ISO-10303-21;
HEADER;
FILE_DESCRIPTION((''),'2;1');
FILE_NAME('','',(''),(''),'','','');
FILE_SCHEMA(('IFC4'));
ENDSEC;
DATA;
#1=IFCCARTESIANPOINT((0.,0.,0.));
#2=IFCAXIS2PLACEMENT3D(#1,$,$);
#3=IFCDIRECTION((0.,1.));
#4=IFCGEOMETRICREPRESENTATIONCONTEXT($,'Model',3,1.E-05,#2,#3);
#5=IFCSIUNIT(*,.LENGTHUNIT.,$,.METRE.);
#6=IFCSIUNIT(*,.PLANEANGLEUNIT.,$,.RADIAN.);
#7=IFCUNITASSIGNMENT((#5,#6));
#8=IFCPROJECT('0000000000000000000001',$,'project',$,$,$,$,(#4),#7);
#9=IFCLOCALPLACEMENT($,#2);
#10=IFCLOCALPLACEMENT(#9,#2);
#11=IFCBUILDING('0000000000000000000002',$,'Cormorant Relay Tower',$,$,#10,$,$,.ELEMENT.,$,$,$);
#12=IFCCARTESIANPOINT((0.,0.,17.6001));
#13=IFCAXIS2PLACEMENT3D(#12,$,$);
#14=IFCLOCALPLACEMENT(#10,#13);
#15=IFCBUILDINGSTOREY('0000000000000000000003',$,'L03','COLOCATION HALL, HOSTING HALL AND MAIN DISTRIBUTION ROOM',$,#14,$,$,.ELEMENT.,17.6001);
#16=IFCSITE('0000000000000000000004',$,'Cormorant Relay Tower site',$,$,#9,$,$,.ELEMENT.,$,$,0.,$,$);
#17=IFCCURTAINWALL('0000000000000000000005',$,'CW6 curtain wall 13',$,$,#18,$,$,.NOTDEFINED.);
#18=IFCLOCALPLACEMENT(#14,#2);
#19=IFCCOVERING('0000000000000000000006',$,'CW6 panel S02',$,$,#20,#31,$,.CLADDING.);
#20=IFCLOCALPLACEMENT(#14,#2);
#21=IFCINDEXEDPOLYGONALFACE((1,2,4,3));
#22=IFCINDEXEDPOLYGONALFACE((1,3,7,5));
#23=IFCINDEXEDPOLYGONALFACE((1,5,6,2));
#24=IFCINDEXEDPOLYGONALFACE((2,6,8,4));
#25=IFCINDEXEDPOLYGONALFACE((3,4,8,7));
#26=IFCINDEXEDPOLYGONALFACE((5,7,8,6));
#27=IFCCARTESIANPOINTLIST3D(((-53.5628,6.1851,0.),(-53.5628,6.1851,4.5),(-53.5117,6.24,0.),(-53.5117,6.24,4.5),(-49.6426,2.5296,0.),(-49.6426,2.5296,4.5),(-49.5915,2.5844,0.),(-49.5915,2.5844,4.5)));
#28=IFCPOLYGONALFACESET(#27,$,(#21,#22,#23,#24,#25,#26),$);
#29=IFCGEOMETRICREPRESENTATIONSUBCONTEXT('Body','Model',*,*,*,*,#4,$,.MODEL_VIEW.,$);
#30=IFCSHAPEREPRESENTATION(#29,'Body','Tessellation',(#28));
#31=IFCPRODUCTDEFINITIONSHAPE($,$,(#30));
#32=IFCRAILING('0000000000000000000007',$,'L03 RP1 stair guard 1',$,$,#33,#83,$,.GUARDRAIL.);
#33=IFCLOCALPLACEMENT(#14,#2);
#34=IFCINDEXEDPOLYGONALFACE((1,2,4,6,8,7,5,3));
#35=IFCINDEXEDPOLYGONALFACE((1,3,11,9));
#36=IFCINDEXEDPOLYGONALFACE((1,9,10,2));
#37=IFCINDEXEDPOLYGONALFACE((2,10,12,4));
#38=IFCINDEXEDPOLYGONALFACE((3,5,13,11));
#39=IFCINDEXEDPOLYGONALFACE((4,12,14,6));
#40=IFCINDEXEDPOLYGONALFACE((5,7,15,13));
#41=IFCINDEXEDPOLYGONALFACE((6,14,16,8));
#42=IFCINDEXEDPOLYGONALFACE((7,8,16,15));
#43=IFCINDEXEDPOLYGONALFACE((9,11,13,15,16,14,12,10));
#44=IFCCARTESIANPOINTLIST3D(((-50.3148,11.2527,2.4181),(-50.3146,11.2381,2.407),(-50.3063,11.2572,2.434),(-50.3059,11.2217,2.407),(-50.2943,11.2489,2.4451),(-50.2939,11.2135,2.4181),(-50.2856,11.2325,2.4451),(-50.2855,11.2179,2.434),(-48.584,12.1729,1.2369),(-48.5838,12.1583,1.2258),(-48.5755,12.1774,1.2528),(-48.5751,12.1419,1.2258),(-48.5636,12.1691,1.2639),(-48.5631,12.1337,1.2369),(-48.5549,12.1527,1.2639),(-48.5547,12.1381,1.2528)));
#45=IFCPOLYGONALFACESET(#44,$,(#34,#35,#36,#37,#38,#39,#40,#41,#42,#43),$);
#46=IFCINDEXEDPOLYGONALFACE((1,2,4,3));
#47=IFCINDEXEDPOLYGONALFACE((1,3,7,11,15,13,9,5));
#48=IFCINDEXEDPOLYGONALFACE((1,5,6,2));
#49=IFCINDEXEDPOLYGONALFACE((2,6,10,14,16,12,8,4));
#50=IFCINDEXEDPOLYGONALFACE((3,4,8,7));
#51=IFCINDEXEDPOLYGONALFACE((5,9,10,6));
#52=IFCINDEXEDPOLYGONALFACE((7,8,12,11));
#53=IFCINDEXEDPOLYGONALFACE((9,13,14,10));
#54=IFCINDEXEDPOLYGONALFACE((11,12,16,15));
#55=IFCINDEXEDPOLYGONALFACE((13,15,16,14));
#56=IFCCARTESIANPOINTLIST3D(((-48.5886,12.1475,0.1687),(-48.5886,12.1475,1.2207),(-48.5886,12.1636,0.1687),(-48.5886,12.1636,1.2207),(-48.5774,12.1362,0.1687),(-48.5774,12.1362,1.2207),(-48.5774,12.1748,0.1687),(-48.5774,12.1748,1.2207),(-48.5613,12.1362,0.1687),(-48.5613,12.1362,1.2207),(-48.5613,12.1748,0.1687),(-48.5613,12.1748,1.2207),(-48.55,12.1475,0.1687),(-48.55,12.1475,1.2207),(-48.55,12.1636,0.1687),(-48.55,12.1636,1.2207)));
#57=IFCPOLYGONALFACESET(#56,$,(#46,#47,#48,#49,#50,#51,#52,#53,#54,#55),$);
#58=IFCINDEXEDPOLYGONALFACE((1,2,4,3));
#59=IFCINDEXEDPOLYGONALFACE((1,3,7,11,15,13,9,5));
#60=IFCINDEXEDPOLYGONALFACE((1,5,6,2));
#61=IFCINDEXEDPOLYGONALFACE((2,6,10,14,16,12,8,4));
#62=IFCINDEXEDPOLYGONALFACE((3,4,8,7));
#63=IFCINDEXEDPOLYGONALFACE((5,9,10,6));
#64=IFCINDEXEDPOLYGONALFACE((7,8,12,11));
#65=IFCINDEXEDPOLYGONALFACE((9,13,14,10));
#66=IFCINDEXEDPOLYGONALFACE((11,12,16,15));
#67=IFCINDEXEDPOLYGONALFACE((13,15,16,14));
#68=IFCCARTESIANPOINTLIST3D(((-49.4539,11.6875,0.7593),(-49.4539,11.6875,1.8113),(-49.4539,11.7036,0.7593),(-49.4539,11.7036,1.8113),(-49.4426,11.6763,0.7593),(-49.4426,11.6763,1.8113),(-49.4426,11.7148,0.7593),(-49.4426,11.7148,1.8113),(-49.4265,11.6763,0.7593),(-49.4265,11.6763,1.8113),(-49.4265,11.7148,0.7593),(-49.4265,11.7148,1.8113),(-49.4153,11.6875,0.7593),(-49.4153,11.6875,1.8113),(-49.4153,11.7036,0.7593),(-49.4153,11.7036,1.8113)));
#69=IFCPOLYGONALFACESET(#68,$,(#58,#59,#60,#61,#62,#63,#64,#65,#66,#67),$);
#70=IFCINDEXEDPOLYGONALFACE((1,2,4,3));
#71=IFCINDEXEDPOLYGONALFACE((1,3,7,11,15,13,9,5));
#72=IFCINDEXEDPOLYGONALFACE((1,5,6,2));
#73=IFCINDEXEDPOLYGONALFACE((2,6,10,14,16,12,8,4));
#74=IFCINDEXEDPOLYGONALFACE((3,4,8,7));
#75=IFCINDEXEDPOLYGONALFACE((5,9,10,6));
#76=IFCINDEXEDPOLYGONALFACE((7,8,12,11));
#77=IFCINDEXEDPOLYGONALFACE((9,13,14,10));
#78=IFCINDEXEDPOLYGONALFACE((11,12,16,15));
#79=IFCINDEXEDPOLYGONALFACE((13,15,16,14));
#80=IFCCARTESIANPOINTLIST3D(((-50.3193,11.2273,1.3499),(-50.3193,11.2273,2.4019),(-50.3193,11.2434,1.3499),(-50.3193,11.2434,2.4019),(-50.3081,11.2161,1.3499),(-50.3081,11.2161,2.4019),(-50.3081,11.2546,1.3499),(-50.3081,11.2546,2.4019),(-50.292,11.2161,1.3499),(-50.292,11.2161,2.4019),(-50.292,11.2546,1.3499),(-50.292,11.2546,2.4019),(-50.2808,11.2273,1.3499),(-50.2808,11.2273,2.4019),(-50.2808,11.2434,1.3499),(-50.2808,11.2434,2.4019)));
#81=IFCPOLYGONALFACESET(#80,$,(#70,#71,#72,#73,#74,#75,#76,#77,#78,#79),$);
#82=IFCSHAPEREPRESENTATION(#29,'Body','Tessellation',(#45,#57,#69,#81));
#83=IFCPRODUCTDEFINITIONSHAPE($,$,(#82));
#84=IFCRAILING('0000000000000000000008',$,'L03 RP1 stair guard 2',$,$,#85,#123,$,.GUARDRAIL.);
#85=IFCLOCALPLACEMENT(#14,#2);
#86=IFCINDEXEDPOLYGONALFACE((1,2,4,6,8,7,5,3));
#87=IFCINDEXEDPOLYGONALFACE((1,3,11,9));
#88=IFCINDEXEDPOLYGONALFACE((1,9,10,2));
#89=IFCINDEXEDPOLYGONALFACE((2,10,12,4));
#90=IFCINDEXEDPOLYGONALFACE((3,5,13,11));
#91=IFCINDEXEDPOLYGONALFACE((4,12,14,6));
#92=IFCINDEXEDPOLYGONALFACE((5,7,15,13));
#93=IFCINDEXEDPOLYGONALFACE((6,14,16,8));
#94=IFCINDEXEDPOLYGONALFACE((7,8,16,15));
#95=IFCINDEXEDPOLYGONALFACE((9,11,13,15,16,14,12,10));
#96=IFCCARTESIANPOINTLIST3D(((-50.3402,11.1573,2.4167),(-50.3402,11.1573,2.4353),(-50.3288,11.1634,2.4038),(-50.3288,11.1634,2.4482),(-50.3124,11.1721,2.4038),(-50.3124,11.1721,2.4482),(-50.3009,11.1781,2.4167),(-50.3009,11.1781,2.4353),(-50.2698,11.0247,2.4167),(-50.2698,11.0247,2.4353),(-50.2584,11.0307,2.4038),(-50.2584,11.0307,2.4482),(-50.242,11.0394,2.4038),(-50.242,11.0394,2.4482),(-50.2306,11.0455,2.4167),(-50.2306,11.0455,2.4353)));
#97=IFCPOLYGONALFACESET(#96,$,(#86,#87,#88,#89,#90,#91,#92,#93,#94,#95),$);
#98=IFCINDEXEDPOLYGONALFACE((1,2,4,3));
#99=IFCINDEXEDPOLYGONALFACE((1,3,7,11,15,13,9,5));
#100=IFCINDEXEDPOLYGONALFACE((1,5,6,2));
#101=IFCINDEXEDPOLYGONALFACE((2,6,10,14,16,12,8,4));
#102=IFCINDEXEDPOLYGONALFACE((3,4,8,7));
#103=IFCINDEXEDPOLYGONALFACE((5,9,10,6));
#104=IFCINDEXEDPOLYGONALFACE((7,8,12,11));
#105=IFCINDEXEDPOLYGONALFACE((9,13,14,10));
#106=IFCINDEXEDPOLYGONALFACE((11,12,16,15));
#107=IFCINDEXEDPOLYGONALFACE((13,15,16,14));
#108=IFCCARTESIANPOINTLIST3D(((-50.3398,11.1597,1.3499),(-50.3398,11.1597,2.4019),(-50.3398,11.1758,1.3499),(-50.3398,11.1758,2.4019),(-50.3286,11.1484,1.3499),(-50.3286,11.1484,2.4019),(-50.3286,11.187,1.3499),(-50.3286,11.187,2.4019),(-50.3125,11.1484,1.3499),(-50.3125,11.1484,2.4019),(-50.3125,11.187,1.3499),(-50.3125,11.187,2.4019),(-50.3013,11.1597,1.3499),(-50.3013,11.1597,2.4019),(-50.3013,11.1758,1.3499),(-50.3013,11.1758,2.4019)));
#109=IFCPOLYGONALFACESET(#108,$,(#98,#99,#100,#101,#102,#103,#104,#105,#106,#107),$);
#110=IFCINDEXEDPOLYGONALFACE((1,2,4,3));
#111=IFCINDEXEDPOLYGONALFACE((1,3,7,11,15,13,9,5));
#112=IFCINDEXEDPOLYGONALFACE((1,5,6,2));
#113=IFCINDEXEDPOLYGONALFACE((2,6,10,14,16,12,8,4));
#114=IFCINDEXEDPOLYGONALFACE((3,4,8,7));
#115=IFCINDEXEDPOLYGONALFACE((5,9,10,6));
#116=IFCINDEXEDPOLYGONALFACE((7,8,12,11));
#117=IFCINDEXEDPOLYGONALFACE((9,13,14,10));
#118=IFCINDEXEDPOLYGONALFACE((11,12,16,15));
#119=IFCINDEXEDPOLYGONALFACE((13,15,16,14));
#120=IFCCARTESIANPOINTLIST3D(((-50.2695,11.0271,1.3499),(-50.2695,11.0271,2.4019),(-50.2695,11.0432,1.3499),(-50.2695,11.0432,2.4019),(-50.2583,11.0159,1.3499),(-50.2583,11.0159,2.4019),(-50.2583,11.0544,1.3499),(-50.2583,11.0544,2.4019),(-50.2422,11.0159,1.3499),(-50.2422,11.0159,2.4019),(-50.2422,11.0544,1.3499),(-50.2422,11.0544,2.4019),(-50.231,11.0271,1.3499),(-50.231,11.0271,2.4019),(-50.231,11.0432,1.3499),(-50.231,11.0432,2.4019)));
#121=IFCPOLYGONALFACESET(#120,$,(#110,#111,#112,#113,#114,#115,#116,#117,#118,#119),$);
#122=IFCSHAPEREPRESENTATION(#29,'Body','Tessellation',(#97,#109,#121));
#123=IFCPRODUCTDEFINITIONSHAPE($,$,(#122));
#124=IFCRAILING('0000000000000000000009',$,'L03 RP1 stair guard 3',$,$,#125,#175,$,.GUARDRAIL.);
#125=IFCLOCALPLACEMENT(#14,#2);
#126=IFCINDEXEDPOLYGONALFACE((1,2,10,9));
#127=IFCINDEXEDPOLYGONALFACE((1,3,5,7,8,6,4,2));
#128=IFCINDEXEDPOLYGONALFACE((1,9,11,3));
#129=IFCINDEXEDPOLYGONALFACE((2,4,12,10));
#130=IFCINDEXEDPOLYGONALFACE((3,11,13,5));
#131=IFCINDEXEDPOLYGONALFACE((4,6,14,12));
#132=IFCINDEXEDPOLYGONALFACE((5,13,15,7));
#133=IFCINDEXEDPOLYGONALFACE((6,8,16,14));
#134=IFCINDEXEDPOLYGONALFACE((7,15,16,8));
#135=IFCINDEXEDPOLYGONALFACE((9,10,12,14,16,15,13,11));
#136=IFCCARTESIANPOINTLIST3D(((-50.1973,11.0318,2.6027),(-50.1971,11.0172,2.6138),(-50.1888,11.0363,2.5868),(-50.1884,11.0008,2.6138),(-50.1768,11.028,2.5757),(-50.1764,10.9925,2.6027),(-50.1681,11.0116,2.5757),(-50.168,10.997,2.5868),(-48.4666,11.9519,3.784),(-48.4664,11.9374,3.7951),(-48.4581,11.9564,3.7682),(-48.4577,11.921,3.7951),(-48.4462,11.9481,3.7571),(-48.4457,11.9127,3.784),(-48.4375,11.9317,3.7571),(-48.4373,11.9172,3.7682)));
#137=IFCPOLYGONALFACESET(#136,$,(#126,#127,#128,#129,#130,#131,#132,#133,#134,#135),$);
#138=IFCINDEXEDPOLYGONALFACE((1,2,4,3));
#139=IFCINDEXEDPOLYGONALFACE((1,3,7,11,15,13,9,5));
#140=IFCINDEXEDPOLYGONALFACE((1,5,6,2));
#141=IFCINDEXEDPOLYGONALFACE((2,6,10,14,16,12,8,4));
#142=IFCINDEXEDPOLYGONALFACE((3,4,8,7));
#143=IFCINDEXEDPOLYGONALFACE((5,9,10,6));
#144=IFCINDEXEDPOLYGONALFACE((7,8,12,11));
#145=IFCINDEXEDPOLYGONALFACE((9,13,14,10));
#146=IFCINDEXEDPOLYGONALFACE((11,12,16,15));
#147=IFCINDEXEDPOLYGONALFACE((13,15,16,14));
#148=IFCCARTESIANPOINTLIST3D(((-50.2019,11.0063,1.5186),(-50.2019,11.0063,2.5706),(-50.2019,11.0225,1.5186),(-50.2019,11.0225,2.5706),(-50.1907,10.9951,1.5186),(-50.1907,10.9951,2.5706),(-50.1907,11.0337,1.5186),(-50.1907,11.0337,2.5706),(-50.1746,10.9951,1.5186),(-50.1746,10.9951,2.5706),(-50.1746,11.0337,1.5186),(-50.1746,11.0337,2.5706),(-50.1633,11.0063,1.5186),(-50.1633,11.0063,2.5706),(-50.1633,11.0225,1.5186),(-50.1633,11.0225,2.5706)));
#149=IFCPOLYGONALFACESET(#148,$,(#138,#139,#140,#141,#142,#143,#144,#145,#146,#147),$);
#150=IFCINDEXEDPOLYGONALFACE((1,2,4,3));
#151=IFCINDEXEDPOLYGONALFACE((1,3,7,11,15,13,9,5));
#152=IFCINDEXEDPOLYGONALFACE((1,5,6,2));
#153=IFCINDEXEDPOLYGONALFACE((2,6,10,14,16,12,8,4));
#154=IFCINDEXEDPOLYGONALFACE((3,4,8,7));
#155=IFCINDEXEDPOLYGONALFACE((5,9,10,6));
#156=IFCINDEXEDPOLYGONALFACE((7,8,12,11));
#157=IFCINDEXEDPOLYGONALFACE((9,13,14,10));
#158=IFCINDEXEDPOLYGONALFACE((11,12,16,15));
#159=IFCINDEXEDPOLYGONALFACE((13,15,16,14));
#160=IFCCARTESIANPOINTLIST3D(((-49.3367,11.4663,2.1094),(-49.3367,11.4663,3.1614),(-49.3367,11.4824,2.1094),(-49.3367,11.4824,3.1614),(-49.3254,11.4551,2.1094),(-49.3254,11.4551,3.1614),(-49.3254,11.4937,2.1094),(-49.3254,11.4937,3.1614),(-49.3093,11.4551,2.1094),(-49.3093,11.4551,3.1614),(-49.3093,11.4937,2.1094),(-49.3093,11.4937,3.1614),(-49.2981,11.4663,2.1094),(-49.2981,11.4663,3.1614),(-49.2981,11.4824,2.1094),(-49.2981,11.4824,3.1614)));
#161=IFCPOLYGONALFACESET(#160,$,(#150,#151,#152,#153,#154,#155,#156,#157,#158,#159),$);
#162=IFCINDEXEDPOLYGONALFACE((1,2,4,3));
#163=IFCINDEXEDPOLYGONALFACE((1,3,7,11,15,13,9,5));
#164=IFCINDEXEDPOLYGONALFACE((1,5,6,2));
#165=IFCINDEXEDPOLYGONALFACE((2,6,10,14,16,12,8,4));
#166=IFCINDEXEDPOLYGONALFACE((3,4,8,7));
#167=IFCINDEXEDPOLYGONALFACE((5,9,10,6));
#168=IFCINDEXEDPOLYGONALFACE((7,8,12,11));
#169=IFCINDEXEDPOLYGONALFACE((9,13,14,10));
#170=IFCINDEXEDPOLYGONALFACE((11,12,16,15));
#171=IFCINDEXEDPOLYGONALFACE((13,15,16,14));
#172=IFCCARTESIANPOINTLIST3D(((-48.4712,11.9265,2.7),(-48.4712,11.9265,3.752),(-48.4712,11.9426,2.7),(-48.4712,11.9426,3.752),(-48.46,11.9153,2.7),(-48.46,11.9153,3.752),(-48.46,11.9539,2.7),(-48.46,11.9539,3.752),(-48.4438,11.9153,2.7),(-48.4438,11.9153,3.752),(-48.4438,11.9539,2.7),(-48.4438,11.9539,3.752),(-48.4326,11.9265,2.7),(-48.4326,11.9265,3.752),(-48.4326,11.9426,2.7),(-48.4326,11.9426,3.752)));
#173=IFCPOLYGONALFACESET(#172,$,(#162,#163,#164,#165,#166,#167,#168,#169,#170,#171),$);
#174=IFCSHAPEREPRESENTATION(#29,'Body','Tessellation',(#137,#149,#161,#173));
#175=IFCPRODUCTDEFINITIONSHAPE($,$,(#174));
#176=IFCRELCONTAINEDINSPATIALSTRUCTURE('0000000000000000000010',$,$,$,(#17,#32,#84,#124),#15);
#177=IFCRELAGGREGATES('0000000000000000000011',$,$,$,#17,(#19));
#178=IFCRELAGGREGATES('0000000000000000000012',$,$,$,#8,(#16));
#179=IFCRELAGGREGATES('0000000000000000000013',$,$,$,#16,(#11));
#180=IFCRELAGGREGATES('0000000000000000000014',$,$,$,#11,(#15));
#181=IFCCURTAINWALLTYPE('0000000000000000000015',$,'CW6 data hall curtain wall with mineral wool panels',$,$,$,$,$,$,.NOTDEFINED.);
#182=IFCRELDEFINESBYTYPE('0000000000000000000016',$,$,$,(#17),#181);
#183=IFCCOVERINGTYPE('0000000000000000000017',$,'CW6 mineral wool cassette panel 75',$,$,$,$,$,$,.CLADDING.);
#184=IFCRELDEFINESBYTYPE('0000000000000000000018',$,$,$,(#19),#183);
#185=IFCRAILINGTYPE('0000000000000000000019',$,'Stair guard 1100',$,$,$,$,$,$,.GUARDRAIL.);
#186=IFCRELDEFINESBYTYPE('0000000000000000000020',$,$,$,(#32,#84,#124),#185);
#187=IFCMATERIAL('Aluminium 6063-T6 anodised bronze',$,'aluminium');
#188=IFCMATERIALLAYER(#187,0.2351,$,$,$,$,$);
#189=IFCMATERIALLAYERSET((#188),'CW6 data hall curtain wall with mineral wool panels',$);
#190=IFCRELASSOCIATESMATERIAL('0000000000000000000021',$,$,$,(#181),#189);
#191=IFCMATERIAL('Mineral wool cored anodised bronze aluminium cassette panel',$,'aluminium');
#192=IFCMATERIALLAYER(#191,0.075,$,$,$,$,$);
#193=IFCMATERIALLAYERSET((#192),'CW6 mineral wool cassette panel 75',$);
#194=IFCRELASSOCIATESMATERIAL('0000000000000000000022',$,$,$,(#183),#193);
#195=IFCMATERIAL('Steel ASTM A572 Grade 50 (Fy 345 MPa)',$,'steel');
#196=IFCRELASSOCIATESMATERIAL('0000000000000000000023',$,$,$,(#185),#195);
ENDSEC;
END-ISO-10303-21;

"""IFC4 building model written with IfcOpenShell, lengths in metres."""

from ifc_helpers import new_model, si_unit, direction, frame, origin, origin_2d, place, context, subcontext, project, spatial, polyline, rectangle, outline, extrude, material, layer, layer_set, type_object, element, aggregate, save


model = new_model("IFC4")

# Units and contexts
model_context = context("Model", 3, precision=1e-05, world=origin(), true_north=direction((0.0, 1.0)))
body_context = subcontext(model_context, "Body", "Model", "MODEL_VIEW")
ifc_project = project(units=[si_unit("LENGTHUNIT", "METRE"), si_unit("PLANEANGLEUNIT", "RADIAN")], contexts=[model_context])

# Site, building, storey
site_placement = place(None, origin())
site = spatial("IfcSite", under=ifc_project, at=site_placement, Name="Cormorant Relay Tower site", CompositionType="ELEMENT", RefElevation=0.0)
building_placement = place(site_placement, origin())
building = spatial("IfcBuilding", under=site, at=building_placement, Name="Cormorant Relay Tower", CompositionType="ELEMENT")
storey_placement = place(building_placement, frame((0.0, 0.0, 17.6001)))
storey = spatial("IfcBuildingStorey", under=building, at=storey_placement, Name="L03", Description="COLOCATION HALL, HOSTING HALL AND MAIN DISTRIBUTION ROOM", CompositionType="ELEMENT", Elevation=17.6001)

# Curtain wall
ifc_material_1 = material(Name="Aluminium 6063-T6 anodised bronze", Category="aluminium")
ifc_layer_1 = layer(ifc_material_1, 0.2351)
ifc_layer_set_1 = layer_set([ifc_layer_1], Name="CW6 data hall curtain wall with mineral wool panels")
curtain_wall_type = type_object("IfcCurtainWallType", Name="CW6 data hall curtain wall with mineral wool panels", PredefinedType="NOTDEFINED", material=ifc_layer_set_1)
curtain_wall_1_placement = place(storey_placement, origin())
curtain_wall_1 = element("IfcCurtainWall", 1, at=curtain_wall_1_placement, inside=storey, type_object=curtain_wall_type, Name="CW6 curtain wall 13", PredefinedType="NOTDEFINED")

# Covering
ifc_material_2 = material(Name="Mineral wool cored anodised bronze aluminium cassette panel", Category="aluminium")
ifc_layer_2 = layer(ifc_material_2, 0.075)
ifc_layer_set_2 = layer_set([ifc_layer_2], Name="CW6 mineral wool cassette panel 75")
covering_type = type_object("IfcCoveringType", Name="CW6 mineral wool cassette panel 75", PredefinedType="CLADDING", material=ifc_layer_set_2)
covering_1_placement = place(storey_placement, frame((-51.5771, 4.3848, 0.0), z_axis=(0.0, 0.0, 1.0), x_axis=(0.731354, -0.681998, 0.0)))
covering_1 = element("IfcCovering", 2, at=covering_1_placement, type_object=covering_type, Name="CW6 panel S02", PredefinedType="CLADDING", context=body_context, shape_type="SweptSolid", body=[
    extrude(rectangle(XDim=5.3601, YDim=0.075, at=origin_2d()), origin(), (0.0, 0.0, 1.0), 4.5),
])
aggregate(curtain_wall_1, [covering_1])

# Railings
ifc_material_3 = material(Name="Steel ASTM A572 Grade 50 (Fy 345 MPa)", Category="steel")
railing_type_1 = type_object("IfcRailingType", Name="Stair guard 1100", PredefinedType="GUARDRAIL", material=ifc_material_3)
railing_1_placement = place(storey_placement, frame((-48.5693, 12.1555, 0.1687)))
element("IfcRailing", 3, at=railing_1_placement, inside=storey, type_object=railing_type_1, Name="L03 RP1 stair guard 1", PredefinedType="GUARDRAIL", context=body_context, shape_type="SweptSolid", body=[
    extrude(outline(polyline([(0.0222, 0.0093), (0.0093, 0.0222), (-0.0093, 0.0222), (-0.0222, 0.0093), (-0.0222, -0.0093), (-0.0093, -0.0222), (0.0093, -0.0222), (0.0222, -0.0093), (0.0222, 0.0093)])), frame((0.0, 0.0, 1.0762), z_axis=(-0.756268, -0.402084, 0.516127), x_axis=(0.469444, -0.882962, 0.0)), (0.0, 0.0, 1.0), 2.2886),
    extrude(outline(polyline([(0.0193, 0.0081), (0.0081, 0.0193), (-0.0081, 0.0193), (-0.0193, 0.0081), (-0.0193, -0.0081), (-0.0081, -0.0193), (0.0081, -0.0193), (0.0193, -0.0081), (0.0193, 0.0081)])), origin(), (0.0, 0.0, 1.0), 1.052),
    extrude(outline(polyline([(0.0193, 0.0081), (0.0081, 0.0193), (-0.0081, 0.0193), (-0.0193, 0.0081), (-0.0193, -0.0081), (-0.0081, -0.0193), (0.0081, -0.0193), (0.0193, -0.0081), (0.0193, 0.0081)])), frame((-0.8652, -0.46, 0.5906)), (0.0, 0.0, 1.0), 1.052),
    extrude(outline(polyline([(0.0193, 0.0081), (0.0081, 0.0193), (-0.0081, 0.0193), (-0.0193, 0.0081), (-0.0193, -0.0081), (-0.0081, -0.0193), (0.0081, -0.0193), (0.0193, -0.0081), (0.0193, 0.0081)])), frame((-1.7307, -0.9202, 1.1812)), (0.0, 0.0, 1.0), 1.052),
])
railing_2_placement = place(storey_placement, frame((-50.3206, 11.1677, 1.3499)))
element("IfcRailing", 4, at=railing_2_placement, inside=storey, type_object=railing_type_1, Name="L03 RP1 stair guard 2", PredefinedType="GUARDRAIL", context=body_context, shape_type="SweptSolid", body=[
    extrude(outline(polyline([(0.0222, 0.0093), (0.0093, 0.0222), (-0.0093, 0.0222), (-0.0222, 0.0093), (-0.0222, -0.0093), (-0.0093, -0.0222), (0.0093, -0.0222), (0.0222, -0.0093), (0.0222, 0.0093)])), frame((0.0, 0.0, 1.0762), z_axis=(0.46856, -0.883431, 0.0), x_axis=(0.883431, 0.46856, 0.0)), (0.0, 0.0, 1.0), 0.1501),
    extrude(outline(polyline([(0.0193, 0.0081), (0.0081, 0.0193), (-0.0081, 0.0193), (-0.0193, 0.0081), (-0.0193, -0.0081), (-0.0081, -0.0193), (0.0081, -0.0193), (0.0193, -0.0081), (0.0193, 0.0081)])), origin(), (0.0, 0.0, 1.0), 1.052),
    extrude(outline(polyline([(0.0193, 0.0081), (0.0081, 0.0193), (-0.0081, 0.0193), (-0.0193, 0.0081), (-0.0193, -0.0081), (-0.0081, -0.0193), (0.0081, -0.0193), (0.0193, -0.0081), (0.0193, 0.0081)])), frame((0.0703, -0.1326, 0.0)), (0.0, 0.0, 1.0), 1.052),
])
railing_3_placement = place(storey_placement, frame((-50.1826, 11.0144, 1.5186)))
element("IfcRailing", 5, at=railing_3_placement, inside=storey, type_object=railing_type_1, Name="L03 RP1 stair guard 3", PredefinedType="GUARDRAIL", context=body_context, shape_type="SweptSolid", body=[
    extrude(outline(polyline([(0.0222, 0.0093), (0.0093, 0.0222), (-0.0093, 0.0222), (-0.0222, 0.0093), (-0.0222, -0.0093), (-0.0093, -0.0222), (0.0093, -0.0222), (0.0222, -0.0093), (0.0222, 0.0093)])), frame((0.0, 0.0, 1.0762), z_axis=(0.756226, 0.402062, 0.516205), x_axis=(-0.469444, 0.882962, 0.0)), (0.0, 0.0, 1.0), 2.2886),
    extrude(outline(polyline([(0.0193, 0.0081), (0.0081, 0.0193), (-0.0081, 0.0193), (-0.0193, 0.0081), (-0.0193, -0.0081), (-0.0081, -0.0193), (0.0081, -0.0193), (0.0193, -0.0081), (0.0193, 0.0081)])), origin(), (0.0, 0.0, 1.0), 1.052),
    extrude(outline(polyline([(0.0193, 0.0081), (0.0081, 0.0193), (-0.0081, 0.0193), (-0.0193, 0.0081), (-0.0193, -0.0081), (-0.0081, -0.0193), (0.0081, -0.0193), (0.0193, -0.0081), (0.0193, 0.0081)])), frame((0.8652, 0.46, 0.5908)), (0.0, 0.0, 1.0), 1.052),
    extrude(outline(polyline([(0.0193, 0.0081), (0.0081, 0.0193), (-0.0081, 0.0193), (-0.0193, 0.0081), (-0.0193, -0.0081), (-0.0081, -0.0193), (0.0081, -0.0193), (0.0193, -0.0081), (0.0193, 0.0081)])), frame((1.7307, 0.9202, 1.1814)), (0.0, 0.0, 1.0), 1.052),
])

save(model, "model.ifc")
